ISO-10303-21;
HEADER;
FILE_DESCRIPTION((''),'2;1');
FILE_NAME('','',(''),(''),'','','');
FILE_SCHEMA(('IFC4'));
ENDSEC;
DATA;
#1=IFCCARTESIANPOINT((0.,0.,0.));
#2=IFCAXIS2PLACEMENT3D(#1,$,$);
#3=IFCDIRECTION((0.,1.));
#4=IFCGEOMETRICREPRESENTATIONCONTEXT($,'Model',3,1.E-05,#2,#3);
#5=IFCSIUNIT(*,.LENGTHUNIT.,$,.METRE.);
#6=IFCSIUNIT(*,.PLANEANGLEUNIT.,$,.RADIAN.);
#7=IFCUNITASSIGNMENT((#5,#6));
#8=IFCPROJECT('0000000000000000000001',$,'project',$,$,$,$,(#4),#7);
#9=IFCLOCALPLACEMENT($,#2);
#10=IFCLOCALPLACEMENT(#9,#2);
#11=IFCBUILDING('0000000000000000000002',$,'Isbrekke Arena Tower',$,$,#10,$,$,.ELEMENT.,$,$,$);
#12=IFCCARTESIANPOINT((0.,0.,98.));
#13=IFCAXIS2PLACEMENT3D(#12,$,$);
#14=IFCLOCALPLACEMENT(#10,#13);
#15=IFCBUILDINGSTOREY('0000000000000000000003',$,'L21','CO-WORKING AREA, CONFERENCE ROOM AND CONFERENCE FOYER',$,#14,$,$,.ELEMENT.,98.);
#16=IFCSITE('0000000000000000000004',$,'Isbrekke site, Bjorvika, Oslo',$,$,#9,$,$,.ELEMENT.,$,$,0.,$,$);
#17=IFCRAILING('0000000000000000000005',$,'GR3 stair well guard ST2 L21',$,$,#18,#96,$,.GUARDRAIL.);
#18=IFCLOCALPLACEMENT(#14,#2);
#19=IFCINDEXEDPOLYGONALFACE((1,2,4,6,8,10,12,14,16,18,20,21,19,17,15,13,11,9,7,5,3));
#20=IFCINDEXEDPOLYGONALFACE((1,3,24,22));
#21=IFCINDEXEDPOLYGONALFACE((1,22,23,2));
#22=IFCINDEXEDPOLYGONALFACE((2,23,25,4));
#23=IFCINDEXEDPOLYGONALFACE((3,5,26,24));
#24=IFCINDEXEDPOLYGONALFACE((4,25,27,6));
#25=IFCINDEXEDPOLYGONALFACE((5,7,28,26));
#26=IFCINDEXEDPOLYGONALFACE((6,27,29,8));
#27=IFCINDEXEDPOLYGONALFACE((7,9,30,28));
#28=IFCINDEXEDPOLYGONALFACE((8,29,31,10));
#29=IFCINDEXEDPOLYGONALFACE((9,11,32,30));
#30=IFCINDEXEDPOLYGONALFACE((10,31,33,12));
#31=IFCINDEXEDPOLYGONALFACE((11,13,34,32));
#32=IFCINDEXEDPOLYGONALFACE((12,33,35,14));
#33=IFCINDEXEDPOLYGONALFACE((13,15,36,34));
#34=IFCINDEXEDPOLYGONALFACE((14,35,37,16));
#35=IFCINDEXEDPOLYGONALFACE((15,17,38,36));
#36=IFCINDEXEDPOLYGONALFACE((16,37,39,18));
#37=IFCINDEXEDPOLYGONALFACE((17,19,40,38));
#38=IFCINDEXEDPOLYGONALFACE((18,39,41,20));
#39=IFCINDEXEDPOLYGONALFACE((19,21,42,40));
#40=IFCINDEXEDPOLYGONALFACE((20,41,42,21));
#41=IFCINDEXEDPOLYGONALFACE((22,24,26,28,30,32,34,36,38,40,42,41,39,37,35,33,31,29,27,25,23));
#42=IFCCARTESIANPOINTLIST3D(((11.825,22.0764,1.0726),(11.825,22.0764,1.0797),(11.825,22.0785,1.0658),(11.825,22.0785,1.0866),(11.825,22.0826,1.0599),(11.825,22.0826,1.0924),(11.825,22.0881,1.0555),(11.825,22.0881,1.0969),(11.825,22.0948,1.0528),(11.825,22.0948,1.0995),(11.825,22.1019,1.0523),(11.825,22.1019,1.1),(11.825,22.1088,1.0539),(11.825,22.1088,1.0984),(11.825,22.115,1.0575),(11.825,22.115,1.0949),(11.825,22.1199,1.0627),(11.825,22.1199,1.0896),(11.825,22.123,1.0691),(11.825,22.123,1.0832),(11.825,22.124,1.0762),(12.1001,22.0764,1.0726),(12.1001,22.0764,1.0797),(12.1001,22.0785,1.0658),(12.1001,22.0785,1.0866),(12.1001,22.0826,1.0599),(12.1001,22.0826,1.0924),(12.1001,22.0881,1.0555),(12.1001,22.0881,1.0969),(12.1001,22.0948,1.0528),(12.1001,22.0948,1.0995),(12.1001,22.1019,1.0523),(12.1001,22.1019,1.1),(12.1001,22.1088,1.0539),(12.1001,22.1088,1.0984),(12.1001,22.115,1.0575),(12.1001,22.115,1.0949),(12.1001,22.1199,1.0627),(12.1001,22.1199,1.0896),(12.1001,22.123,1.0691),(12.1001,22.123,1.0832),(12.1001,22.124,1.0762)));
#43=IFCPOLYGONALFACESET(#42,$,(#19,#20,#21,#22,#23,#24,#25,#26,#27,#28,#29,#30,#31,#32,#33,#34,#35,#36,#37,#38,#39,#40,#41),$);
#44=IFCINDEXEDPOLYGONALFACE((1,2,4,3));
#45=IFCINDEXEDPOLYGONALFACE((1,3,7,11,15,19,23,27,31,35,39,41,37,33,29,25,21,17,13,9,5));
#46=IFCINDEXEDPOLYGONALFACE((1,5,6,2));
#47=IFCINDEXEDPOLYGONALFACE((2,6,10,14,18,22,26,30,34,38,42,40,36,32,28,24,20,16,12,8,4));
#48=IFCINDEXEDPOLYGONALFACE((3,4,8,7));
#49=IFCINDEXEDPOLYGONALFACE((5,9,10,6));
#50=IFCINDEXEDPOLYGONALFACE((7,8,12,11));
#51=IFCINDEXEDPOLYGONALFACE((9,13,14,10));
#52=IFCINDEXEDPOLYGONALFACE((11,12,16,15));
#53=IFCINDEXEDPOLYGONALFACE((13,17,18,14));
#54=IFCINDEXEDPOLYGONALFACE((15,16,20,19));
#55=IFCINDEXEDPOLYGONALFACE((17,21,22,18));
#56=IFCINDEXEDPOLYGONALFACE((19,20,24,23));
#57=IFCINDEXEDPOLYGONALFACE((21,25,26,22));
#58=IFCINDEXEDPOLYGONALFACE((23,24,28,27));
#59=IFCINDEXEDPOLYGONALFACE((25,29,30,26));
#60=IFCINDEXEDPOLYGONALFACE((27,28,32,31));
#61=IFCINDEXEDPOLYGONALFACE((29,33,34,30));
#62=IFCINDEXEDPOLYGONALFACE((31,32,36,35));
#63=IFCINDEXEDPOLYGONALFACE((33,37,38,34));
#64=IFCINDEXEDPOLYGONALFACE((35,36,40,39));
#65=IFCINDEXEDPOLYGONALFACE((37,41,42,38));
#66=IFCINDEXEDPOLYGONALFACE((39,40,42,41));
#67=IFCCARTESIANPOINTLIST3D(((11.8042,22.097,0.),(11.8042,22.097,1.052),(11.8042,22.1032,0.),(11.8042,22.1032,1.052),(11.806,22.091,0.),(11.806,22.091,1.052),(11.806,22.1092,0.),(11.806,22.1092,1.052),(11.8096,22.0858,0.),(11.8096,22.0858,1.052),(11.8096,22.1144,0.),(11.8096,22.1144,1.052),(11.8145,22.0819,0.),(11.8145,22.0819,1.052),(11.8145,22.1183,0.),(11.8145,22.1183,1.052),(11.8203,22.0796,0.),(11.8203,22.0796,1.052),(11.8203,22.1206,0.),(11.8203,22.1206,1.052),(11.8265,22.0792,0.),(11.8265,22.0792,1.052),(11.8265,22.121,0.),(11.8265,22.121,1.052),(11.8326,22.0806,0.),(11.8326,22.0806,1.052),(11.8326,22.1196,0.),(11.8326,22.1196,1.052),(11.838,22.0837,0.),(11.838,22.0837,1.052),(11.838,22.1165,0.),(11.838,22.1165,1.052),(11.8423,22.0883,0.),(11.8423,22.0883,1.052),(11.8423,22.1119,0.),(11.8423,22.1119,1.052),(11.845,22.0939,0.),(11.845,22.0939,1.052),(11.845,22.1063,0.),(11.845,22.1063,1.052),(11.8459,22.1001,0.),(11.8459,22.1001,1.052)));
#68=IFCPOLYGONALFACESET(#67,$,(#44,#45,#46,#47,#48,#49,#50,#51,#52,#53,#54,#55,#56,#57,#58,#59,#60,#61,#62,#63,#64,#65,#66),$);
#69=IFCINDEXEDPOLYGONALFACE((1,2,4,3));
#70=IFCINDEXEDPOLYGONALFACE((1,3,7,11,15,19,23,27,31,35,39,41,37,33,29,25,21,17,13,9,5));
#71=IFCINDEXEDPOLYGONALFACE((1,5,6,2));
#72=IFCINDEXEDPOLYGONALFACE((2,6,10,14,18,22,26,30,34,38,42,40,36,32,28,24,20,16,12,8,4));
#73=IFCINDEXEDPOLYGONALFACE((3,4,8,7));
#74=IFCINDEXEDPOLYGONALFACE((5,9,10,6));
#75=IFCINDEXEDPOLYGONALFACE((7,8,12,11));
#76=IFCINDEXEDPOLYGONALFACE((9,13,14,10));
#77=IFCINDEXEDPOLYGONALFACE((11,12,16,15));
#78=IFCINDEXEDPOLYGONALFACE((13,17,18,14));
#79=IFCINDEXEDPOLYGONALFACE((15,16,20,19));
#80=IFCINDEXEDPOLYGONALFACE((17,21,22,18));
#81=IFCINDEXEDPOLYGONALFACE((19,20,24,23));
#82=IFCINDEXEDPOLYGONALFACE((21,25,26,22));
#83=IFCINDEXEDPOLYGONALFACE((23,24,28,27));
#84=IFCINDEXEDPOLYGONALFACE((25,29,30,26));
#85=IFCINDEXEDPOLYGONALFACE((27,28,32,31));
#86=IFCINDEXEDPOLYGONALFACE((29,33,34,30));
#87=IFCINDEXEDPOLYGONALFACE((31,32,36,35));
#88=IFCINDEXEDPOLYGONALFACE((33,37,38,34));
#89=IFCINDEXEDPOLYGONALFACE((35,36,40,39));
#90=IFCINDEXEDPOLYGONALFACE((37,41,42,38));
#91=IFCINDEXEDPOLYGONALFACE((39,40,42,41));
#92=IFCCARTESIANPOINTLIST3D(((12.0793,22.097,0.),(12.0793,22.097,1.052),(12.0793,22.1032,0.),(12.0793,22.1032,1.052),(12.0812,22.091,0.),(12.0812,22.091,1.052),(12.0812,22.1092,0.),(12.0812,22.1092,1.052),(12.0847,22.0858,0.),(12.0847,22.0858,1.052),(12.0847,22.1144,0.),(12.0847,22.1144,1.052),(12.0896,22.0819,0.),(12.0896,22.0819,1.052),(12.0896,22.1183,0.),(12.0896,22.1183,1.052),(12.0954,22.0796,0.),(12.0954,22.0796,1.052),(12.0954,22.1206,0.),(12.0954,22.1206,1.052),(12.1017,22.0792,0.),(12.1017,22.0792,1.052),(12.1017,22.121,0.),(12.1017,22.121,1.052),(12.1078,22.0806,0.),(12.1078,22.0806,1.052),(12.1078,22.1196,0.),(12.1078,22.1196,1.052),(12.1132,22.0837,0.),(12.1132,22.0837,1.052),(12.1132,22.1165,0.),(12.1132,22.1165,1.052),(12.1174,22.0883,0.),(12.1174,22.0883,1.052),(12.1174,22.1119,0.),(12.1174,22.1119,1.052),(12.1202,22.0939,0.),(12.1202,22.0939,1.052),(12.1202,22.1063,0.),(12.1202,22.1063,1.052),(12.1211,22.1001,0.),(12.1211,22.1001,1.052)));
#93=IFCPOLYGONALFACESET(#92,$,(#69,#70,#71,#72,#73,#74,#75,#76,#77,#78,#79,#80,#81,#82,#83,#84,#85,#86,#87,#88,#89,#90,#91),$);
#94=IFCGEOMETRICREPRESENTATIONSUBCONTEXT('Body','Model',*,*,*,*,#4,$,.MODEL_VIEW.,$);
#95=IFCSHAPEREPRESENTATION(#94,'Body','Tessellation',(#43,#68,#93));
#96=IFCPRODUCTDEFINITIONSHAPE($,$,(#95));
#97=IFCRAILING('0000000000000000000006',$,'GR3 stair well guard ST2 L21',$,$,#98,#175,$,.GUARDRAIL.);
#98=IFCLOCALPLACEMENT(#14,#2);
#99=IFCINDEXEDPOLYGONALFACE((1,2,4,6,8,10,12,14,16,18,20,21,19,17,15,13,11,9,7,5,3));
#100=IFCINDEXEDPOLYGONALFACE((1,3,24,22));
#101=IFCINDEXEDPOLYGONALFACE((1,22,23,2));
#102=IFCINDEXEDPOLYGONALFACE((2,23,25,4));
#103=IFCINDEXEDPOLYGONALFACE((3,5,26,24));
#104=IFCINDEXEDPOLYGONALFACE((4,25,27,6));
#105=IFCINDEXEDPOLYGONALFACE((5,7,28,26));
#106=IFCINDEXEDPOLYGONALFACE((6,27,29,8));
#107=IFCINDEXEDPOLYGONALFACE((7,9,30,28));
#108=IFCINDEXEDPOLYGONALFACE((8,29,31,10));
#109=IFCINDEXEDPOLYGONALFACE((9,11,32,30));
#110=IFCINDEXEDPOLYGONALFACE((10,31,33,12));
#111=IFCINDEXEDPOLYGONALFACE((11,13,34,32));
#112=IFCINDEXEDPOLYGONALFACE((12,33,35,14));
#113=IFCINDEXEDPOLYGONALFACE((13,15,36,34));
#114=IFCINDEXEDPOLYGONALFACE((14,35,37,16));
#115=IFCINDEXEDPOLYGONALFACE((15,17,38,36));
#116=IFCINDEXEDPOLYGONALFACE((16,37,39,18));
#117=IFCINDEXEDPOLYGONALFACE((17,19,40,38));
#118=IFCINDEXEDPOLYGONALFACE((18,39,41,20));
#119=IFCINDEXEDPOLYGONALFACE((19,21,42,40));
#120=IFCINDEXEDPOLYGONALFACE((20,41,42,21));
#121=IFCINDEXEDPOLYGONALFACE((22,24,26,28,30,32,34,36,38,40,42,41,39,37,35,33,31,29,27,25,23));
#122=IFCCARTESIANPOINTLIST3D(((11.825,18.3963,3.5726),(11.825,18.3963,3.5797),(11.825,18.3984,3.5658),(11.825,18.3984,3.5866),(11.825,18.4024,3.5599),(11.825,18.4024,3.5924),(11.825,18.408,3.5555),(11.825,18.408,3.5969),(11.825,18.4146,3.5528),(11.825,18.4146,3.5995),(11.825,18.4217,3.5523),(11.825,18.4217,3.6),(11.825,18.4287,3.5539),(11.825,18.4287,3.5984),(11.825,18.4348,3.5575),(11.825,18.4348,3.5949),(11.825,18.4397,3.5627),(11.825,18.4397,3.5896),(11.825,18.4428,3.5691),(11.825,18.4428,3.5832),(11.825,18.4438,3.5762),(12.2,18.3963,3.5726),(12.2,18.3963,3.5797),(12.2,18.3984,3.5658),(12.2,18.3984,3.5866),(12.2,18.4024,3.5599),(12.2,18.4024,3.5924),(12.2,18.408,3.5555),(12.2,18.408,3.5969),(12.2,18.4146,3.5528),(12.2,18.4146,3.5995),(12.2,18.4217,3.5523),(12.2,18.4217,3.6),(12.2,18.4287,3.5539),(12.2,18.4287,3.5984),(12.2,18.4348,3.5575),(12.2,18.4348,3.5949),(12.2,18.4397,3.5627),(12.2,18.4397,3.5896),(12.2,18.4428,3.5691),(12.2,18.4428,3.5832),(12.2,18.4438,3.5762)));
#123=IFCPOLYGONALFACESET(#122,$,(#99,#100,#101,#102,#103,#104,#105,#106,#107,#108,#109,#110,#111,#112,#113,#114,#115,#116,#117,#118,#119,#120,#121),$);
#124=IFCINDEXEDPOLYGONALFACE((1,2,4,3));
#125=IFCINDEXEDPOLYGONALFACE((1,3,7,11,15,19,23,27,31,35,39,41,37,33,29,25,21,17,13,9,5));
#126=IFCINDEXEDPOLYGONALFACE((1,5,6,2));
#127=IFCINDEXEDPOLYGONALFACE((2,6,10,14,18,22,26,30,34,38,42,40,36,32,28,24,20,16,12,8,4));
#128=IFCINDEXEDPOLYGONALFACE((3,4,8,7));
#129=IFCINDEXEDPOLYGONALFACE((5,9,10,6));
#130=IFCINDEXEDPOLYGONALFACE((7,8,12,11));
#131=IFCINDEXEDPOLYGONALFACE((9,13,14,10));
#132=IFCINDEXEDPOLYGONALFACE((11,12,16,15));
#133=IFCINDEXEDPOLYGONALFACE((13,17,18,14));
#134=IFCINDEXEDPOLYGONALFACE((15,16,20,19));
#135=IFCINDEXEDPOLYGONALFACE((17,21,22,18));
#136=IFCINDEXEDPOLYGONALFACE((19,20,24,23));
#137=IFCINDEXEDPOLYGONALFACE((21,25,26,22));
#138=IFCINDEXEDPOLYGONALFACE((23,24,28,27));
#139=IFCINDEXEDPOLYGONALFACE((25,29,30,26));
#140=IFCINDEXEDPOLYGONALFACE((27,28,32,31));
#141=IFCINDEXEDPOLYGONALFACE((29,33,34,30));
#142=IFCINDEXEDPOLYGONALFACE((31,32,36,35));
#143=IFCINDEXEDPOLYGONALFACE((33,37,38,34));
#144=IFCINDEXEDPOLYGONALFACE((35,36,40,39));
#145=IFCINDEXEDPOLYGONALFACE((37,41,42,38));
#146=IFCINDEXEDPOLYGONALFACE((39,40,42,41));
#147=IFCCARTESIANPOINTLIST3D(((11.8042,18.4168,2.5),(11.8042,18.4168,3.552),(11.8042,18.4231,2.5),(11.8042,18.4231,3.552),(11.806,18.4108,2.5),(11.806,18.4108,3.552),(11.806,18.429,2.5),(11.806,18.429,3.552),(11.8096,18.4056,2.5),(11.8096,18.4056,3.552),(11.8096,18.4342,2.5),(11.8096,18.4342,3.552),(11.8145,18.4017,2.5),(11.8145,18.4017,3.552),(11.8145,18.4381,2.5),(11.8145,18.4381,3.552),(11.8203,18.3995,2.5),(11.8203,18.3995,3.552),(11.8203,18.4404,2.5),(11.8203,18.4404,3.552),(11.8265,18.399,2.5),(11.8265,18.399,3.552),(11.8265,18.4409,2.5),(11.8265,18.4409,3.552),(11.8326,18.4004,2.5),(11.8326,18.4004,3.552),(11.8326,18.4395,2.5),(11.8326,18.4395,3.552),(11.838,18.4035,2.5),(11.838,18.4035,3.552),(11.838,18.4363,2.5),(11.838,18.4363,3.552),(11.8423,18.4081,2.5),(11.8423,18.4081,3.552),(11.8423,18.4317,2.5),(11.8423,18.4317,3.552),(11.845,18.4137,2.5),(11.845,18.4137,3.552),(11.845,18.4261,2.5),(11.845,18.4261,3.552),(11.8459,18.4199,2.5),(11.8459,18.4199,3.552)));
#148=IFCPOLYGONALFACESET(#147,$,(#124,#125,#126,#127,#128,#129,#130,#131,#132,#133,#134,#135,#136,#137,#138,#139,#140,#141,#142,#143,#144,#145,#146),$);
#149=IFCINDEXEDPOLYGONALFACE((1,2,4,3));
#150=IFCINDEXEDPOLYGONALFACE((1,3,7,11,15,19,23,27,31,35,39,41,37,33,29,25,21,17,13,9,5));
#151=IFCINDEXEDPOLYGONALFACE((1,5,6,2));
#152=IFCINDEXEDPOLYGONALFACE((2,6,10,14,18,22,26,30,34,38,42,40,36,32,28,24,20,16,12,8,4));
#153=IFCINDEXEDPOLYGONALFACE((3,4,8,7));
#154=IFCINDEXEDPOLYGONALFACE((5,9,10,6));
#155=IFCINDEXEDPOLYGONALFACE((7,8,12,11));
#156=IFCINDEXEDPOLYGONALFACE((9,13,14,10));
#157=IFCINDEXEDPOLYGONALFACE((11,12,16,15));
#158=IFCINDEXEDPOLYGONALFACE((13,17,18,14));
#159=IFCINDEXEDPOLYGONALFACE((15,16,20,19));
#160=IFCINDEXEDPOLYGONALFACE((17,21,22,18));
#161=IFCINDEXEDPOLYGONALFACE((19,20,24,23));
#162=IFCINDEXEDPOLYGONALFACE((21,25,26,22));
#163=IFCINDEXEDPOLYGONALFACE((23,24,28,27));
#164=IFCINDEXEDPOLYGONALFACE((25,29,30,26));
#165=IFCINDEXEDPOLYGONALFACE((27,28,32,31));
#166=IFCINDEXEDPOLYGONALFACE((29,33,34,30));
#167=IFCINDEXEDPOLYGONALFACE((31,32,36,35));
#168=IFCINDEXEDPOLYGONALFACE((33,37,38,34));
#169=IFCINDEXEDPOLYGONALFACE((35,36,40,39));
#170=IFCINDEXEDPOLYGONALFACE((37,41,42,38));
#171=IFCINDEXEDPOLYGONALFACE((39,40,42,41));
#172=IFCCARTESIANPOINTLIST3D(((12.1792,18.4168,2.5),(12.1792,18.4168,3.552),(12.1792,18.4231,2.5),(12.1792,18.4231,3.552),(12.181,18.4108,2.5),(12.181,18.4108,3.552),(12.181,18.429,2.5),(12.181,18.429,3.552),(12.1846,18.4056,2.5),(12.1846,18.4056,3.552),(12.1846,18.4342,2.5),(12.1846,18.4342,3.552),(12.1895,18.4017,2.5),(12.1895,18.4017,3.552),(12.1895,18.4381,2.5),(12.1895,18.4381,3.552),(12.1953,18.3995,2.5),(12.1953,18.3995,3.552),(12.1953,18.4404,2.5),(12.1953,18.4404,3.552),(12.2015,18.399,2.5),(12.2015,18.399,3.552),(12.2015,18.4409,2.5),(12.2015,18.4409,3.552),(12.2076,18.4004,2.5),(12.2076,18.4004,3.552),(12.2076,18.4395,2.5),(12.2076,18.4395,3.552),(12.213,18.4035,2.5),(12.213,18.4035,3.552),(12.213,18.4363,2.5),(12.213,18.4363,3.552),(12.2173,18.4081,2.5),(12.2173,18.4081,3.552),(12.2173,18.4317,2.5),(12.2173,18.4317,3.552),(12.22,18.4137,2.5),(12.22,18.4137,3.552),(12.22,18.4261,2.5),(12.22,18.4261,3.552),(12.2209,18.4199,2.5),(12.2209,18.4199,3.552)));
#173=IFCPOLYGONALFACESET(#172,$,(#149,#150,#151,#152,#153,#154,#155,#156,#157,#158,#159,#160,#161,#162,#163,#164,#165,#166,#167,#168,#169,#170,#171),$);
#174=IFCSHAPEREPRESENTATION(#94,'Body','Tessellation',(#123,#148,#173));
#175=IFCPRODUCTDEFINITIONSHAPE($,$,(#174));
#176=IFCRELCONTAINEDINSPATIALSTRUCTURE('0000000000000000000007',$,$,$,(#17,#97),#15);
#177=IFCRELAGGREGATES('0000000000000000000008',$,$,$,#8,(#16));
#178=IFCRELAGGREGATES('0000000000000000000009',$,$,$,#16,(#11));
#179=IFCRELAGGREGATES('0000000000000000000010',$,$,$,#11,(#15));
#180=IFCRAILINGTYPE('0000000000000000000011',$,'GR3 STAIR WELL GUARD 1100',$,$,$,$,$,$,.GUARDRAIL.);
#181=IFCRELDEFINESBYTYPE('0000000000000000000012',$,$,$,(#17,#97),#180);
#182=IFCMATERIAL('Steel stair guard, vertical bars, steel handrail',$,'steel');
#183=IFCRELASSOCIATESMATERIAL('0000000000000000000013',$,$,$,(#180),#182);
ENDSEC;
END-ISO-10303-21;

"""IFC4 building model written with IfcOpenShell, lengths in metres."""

from ifc_helpers import new_model, si_unit, direction, frame, origin, origin_2d, place, context, subcontext, project, spatial, circle, extrude, material, type_object, element, save


model = new_model("IFC4")

# Units and contexts
model_context = context("Model", 3, precision=1e-05, world=origin(), true_north=direction((0.0, 1.0)))
body_context = subcontext(model_context, "Body", "Model", "MODEL_VIEW")
ifc_project = project(units=[si_unit("LENGTHUNIT", "METRE"), si_unit("PLANEANGLEUNIT", "RADIAN")], contexts=[model_context])

# Site, building, storey
site_placement = place(None, origin())
site = spatial("IfcSite", under=ifc_project, at=site_placement, Name="Isbrekke site, Bjorvika, Oslo", CompositionType="ELEMENT", RefElevation=0.0)
building_placement = place(site_placement, origin())
building = spatial("IfcBuilding", under=site, at=building_placement, Name="Isbrekke Arena Tower", CompositionType="ELEMENT")
storey_placement = place(building_placement, frame((0.0, 0.0, 98.0)))
storey = spatial("IfcBuildingStorey", under=building, at=storey_placement, Name="L21", Description="CO-WORKING AREA, CONFERENCE ROOM AND CONFERENCE FOYER", CompositionType="ELEMENT", Elevation=98.0)

# Railings
ifc_material_1 = material(Name="Steel stair guard, vertical bars, steel handrail", Category="steel")
railing_type = type_object("IfcRailingType", Name="GR3 STAIR WELL GUARD 1100", PredefinedType="GUARDRAIL", material=ifc_material_1)
railing_1_placement = place(storey_placement, frame((11.825, 22.1001, 0.0)))
element("IfcRailing", 1, at=railing_1_placement, inside=storey, type_object=railing_type, Name="GR3 stair well guard ST2 L21", PredefinedType="GUARDRAIL", context=body_context, shape_type="SweptSolid", body=[
    extrude(circle(Radius=0.0239, at=origin_2d()), frame((0.0, 0.0, 1.0762), z_axis=(1.0, 0.0, 0.0), x_axis=(0.0, 1.0, 0.0)), (0.0, 0.0, 1.0), 0.2751),
    extrude(circle(Radius=0.021, at=origin_2d()), origin(), (0.0, 0.0, 1.0), 1.052),
    extrude(circle(Radius=0.021, at=origin_2d()), frame((0.2751, 0.0, 0.0)), (0.0, 0.0, 1.0), 1.052),
])
railing_2_placement = place(storey_placement, frame((11.825, 18.4199, 2.5)))
element("IfcRailing", 2, at=railing_2_placement, inside=storey, type_object=railing_type, Name="GR3 stair well guard ST2 L21", PredefinedType="GUARDRAIL", context=body_context, shape_type="SweptSolid", body=[
    extrude(circle(Radius=0.0239, at=origin_2d()), frame((0.0, 0.0, 1.0762), z_axis=(1.0, 0.0, 0.0), x_axis=(0.0, 1.0, 0.0)), (0.0, 0.0, 1.0), 0.375),
    extrude(circle(Radius=0.021, at=origin_2d()), origin(), (0.0, 0.0, 1.0), 1.052),
    extrude(circle(Radius=0.021, at=origin_2d()), frame((0.375, 0.0, 0.0)), (0.0, 0.0, 1.0), 1.052),
])

save(model, "model.ifc")
